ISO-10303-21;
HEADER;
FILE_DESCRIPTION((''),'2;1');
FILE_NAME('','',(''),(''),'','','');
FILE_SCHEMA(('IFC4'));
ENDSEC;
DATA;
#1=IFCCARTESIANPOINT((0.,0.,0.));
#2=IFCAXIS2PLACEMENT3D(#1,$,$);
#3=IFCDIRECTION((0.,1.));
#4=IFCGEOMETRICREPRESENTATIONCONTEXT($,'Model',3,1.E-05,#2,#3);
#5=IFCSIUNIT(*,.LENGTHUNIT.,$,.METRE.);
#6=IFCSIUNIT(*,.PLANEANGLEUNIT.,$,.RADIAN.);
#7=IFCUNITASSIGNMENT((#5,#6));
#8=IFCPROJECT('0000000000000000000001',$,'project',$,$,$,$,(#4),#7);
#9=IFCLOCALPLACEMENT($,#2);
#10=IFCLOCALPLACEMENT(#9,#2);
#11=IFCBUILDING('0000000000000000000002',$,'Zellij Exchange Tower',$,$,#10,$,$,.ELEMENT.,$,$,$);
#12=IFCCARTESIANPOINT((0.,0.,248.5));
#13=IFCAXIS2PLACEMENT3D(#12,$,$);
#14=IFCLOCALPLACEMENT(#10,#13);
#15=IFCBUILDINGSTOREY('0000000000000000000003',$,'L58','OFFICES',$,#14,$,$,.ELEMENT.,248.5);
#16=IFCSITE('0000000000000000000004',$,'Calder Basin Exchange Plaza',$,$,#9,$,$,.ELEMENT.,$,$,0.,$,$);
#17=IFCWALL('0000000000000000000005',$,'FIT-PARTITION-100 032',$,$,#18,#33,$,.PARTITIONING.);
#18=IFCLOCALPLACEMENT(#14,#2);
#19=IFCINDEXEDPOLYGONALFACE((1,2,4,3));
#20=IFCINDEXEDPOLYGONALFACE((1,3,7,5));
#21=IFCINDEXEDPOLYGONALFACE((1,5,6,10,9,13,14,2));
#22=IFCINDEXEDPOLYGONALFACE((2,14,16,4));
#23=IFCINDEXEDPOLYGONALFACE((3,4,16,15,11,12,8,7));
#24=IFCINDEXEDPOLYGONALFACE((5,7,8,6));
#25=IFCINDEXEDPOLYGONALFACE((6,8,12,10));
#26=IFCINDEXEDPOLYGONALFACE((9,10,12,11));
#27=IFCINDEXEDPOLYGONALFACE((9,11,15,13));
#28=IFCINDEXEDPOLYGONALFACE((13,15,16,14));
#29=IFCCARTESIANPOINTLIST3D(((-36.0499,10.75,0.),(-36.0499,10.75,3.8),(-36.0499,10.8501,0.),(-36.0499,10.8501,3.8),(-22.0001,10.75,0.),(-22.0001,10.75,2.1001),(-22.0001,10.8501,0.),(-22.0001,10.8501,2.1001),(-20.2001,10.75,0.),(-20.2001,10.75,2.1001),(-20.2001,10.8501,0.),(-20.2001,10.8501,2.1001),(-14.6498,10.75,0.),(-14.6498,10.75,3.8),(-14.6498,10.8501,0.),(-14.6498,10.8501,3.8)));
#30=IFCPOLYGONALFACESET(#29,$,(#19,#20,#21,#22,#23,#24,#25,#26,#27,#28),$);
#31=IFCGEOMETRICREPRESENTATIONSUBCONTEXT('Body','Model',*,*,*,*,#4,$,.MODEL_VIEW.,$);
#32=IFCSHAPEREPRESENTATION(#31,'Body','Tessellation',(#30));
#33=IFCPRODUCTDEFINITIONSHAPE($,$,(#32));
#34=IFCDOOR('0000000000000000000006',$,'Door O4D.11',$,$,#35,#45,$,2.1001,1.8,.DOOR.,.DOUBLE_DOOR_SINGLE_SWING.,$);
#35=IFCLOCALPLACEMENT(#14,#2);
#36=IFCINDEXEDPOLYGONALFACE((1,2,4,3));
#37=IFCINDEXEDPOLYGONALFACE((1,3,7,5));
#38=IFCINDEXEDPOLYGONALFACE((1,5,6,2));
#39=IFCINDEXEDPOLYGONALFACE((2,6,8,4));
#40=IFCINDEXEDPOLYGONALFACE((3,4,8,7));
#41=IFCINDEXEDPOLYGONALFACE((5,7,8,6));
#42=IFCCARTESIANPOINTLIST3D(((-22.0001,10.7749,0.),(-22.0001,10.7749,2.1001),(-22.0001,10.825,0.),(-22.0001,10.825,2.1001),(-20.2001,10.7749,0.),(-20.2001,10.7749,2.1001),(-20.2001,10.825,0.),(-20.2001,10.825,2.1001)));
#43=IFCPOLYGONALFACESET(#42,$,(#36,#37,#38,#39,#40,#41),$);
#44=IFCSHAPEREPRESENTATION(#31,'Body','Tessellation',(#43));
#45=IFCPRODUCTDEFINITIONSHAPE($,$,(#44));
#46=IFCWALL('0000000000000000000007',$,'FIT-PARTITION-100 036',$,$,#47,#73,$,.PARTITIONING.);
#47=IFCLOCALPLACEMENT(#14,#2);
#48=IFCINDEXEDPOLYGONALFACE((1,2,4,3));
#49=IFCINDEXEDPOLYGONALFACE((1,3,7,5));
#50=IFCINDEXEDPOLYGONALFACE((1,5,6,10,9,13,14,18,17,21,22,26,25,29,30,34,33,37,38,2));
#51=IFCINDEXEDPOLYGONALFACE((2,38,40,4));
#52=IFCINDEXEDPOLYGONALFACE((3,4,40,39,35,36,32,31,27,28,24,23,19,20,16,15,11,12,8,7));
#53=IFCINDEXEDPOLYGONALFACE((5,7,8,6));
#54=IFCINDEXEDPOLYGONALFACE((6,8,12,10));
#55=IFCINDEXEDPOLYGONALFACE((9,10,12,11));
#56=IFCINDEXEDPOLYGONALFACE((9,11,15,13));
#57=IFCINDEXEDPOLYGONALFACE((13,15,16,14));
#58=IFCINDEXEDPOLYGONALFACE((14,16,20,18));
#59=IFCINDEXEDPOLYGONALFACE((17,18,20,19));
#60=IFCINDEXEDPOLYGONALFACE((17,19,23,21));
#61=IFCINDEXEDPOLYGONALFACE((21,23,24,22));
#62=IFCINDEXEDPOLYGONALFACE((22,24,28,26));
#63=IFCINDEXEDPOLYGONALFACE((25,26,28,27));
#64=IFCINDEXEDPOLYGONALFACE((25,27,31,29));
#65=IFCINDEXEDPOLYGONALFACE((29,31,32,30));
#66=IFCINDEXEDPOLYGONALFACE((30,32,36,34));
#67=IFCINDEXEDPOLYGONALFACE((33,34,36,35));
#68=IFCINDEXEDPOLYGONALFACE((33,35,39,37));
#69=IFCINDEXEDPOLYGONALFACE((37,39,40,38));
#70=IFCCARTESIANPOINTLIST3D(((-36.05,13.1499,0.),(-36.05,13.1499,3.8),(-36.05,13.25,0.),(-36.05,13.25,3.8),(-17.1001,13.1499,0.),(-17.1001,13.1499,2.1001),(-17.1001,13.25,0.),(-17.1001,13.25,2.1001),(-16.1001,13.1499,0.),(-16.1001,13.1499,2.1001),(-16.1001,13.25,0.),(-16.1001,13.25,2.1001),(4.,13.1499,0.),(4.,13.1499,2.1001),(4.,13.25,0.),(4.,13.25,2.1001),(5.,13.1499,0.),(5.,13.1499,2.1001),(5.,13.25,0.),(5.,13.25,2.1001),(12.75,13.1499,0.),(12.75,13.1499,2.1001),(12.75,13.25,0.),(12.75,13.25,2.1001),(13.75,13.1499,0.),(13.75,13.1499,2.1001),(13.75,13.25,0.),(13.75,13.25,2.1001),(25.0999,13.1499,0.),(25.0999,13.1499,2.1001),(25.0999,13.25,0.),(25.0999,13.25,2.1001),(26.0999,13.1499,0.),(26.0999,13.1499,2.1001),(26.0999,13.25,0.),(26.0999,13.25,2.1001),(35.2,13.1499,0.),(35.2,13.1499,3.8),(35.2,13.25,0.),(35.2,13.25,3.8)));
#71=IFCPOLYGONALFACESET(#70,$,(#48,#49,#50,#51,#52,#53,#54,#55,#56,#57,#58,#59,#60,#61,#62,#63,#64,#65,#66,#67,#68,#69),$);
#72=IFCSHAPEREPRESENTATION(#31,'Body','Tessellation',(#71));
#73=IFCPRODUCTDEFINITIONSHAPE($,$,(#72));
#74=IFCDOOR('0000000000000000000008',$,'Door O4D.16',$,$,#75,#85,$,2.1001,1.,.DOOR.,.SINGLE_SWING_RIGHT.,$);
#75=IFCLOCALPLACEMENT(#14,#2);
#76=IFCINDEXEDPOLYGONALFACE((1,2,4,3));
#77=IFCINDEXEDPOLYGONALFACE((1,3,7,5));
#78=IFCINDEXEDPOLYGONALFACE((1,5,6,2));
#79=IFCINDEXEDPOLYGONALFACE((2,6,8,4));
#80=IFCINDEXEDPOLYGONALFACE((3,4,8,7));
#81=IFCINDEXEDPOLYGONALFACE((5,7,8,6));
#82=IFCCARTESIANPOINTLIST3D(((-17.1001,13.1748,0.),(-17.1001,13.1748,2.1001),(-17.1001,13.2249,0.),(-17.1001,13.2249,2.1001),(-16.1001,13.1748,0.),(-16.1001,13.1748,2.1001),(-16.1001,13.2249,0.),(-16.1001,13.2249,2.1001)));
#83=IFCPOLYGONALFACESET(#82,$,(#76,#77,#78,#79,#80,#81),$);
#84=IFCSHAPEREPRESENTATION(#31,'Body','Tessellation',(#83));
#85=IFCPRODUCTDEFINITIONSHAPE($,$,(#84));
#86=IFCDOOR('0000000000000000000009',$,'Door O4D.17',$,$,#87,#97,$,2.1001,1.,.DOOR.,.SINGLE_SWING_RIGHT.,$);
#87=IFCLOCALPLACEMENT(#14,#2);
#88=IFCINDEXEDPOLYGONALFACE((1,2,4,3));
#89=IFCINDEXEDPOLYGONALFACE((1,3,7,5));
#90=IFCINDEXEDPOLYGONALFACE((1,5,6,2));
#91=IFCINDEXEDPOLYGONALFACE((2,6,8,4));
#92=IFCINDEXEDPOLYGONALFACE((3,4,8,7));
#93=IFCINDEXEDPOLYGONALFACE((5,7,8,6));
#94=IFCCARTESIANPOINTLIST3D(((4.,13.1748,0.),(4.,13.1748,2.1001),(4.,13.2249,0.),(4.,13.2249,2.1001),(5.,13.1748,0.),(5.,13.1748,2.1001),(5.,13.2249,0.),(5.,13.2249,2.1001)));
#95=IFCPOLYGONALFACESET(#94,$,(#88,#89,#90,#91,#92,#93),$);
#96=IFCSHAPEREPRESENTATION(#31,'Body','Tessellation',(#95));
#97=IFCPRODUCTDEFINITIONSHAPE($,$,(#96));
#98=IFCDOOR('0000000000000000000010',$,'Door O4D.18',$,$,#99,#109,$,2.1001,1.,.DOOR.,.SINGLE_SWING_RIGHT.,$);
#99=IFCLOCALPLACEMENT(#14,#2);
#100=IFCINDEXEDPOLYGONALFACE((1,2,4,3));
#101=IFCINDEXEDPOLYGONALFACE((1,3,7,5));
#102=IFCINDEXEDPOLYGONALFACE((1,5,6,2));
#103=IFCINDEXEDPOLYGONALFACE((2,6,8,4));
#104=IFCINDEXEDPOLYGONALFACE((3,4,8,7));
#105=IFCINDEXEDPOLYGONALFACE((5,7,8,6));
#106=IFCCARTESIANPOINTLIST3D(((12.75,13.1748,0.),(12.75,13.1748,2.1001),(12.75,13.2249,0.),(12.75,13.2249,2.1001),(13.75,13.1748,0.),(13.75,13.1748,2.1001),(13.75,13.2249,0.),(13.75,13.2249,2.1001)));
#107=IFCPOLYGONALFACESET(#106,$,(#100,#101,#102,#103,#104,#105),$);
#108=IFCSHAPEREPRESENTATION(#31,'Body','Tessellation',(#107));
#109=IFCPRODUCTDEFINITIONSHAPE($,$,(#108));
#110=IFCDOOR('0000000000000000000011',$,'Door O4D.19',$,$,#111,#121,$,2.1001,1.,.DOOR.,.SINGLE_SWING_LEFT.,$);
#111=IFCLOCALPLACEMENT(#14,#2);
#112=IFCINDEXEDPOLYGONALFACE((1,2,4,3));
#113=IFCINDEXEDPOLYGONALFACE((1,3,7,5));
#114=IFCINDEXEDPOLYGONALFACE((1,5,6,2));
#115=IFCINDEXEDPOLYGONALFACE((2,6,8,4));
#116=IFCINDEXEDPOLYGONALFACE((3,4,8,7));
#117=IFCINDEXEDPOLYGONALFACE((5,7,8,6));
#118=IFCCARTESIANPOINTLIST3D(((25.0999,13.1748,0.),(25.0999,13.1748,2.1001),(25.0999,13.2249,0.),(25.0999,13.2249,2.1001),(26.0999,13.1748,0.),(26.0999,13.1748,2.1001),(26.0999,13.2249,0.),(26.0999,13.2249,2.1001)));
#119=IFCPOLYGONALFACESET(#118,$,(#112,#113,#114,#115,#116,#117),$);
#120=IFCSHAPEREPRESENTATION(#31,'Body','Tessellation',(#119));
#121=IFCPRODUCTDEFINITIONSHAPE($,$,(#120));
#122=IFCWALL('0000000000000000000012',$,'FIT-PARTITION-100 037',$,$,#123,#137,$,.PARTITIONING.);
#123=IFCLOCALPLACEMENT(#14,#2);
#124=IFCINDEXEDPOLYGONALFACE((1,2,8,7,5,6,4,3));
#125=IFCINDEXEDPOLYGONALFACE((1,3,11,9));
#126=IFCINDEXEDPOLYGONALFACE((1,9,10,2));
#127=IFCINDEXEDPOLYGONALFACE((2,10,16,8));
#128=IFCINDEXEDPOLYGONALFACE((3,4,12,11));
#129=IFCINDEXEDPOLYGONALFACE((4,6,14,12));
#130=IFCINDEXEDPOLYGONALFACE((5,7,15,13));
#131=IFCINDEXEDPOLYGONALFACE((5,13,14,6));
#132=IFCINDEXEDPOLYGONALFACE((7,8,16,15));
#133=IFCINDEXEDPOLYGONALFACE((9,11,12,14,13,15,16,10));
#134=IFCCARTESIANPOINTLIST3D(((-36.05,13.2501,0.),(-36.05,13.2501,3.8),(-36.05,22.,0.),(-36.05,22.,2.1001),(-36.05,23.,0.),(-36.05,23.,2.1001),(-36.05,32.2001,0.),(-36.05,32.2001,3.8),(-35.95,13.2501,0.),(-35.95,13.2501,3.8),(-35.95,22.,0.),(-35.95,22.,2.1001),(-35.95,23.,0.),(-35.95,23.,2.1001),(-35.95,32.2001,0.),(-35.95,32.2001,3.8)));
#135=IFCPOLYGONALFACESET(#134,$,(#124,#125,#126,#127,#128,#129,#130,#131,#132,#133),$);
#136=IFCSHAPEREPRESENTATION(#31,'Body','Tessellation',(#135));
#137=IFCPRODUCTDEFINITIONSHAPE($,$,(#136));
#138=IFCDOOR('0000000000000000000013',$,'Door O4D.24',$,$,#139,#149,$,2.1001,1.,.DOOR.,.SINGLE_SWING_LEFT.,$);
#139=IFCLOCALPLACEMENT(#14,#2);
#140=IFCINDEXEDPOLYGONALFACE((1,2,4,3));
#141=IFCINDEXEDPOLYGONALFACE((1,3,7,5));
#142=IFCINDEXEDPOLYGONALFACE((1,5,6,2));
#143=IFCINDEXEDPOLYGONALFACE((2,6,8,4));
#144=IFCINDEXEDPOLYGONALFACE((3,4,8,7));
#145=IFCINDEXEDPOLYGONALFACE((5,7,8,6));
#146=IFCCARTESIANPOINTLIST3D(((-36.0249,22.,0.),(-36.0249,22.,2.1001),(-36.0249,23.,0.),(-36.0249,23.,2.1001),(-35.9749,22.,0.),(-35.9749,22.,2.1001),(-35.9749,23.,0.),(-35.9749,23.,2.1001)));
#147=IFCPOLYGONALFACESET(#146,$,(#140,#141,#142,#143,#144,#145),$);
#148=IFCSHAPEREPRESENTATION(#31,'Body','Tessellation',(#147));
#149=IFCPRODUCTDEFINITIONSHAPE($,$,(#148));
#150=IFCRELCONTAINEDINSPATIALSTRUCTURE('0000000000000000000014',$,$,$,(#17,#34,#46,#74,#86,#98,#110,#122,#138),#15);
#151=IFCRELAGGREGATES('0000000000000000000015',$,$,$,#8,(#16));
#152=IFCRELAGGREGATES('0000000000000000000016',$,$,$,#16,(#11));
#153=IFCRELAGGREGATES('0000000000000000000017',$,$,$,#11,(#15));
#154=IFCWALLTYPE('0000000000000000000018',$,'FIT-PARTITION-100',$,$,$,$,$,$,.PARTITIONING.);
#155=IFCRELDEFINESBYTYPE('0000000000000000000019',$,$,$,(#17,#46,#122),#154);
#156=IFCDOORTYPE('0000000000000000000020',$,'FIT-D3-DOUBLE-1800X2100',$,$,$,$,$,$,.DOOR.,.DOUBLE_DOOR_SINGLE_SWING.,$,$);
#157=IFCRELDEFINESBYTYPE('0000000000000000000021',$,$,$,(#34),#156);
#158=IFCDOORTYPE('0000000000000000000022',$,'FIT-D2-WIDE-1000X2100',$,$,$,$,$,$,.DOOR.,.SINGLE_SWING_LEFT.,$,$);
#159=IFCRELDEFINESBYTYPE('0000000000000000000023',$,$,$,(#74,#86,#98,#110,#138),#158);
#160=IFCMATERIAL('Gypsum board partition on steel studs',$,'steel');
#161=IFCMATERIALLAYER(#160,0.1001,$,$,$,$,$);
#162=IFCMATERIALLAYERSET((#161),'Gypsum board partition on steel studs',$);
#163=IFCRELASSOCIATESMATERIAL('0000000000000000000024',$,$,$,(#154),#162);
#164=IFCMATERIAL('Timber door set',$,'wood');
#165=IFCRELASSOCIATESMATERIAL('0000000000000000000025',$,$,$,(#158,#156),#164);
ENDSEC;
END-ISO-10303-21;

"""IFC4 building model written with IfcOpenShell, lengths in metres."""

from ifc_helpers import new_model, si_unit, direction, frame, frame_2d, origin, place, context, subcontext, project, spatial, rectangle, extrude, material, layer, layer_set, type_object, element, fill, save


model = new_model("IFC4")

# Units and contexts
model_context = context("Model", 3, precision=1e-05, world=origin(), true_north=direction((0.0, 1.0)))
body_context = subcontext(model_context, "Body", "Model", "MODEL_VIEW")
ifc_project = project(units=[si_unit("LENGTHUNIT", "METRE"), si_unit("PLANEANGLEUNIT", "RADIAN")], contexts=[model_context])

# Site, building, storey
site_placement = place(None, origin())
site = spatial("IfcSite", under=ifc_project, at=site_placement, Name="Calder Basin Exchange Plaza", CompositionType="ELEMENT", RefElevation=0.0)
building_placement = place(site_placement, origin())
building = spatial("IfcBuilding", under=site, at=building_placement, Name="Zellij Exchange Tower", CompositionType="ELEMENT")
storey_placement = place(building_placement, frame((0.0, 0.0, 248.5)))
storey = spatial("IfcBuildingStorey", under=building, at=storey_placement, Name="L58", Description="OFFICES", CompositionType="ELEMENT", Elevation=248.5)

# Shared definitions
ifc_material_1 = material(Name="Gypsum board partition on steel studs", Category="steel")
ifc_layer_1 = layer(ifc_material_1, 0.1001)
ifc_layer_set_1 = layer_set([ifc_layer_1], Name="Gypsum board partition on steel studs")
wall_type_1 = type_object("IfcWallType", Name="FIT-PARTITION-100", PredefinedType="PARTITIONING", material=ifc_layer_set_1)

# Shared definitions
ifc_material_2 = material(Name="Timber door set", Category="wood")
door_type_1 = type_object("IfcDoorType", Name="FIT-D2-WIDE-1000X2100", OperationType="SINGLE_SWING_LEFT", PredefinedType="DOOR", material=ifc_material_2)

# Wall, opening, door
wall_1_placement = place(storey_placement, frame((-36.05, 10.8, 0.0), z_axis=(0.0, 0.0, 1.0), x_axis=(1.0, 0.0, 0.0)))
wall_1 = element("IfcWall", 1, at=wall_1_placement, inside=storey, type_object=wall_type_1, Name="FIT-PARTITION-100 032", PredefinedType="PARTITIONING", context=body_context, shape_type="SweptSolid", body=[
    extrude(rectangle(XDim=21.4001, YDim=0.1001, at=frame_2d((10.7002, 0.0))), origin(), (0.0, 0.0, 1.0), 3.8),
])
opening_1_placement = place(wall_1_placement, frame((14.05, 0.0, 0.0)))
opening_1 = element("IfcOpeningElement", 2, at=opening_1_placement, cuts=wall_1, PredefinedType="OPENING", context=body_context, shape_type="SweptSolid", body=[
    extrude(rectangle(XDim=1.8, YDim=2.1001, at=frame_2d((0.8999, 1.05))), frame((0.0, 0.062, 0.0), z_axis=(0.0, -1.0, 0.0), x_axis=(1.0, 0.0, 0.0)), (0.0, 0.0, 1.0), 0.124),
])
door_type_2 = type_object("IfcDoorType", Name="FIT-D3-DOUBLE-1800X2100", OperationType="DOUBLE_DOOR_SINGLE_SWING", PredefinedType="DOOR", material=ifc_material_2)
door_1_placement = place(opening_1_placement, origin())
door_1 = element("IfcDoor", 3, at=door_1_placement, inside=storey, type_object=door_type_2, Name="Door O4D.11", OperationType="DOUBLE_DOOR_SINGLE_SWING", OverallHeight=2.1001, OverallWidth=1.8, PredefinedType="DOOR", context=body_context, shape_type="SweptSolid", body=[
    extrude(rectangle(XDim=1.8, YDim=2.1001, at=frame_2d((0.8999, 1.05))), frame((0.0, 0.0249, 0.0), z_axis=(0.0, -1.0, 0.0), x_axis=(1.0, 0.0, 0.0)), (0.0, 0.0, 1.0), 0.05),
])
fill(opening_1, door_1)

# Wall, openings, doors
wall_2_placement = place(storey_placement, frame((-36.05, 13.2, 0.0), z_axis=(0.0, 0.0, 1.0), x_axis=(1.0, 0.0, 0.0)))
wall_2 = element("IfcWall", 4, at=wall_2_placement, inside=storey, type_object=wall_type_1, Name="FIT-PARTITION-100 036", PredefinedType="PARTITIONING", context=body_context, shape_type="SweptSolid", body=[
    extrude(rectangle(XDim=71.25, YDim=0.1001, at=frame_2d((35.625, 0.0))), origin(), (0.0, 0.0, 1.0), 3.8),
])
opening_2_placement = place(wall_2_placement, frame((18.95, 0.0, 0.0)))
opening_2 = element("IfcOpeningElement", 5, at=opening_2_placement, cuts=wall_2, PredefinedType="OPENING", context=body_context, shape_type="SweptSolid", body=[
    extrude(rectangle(XDim=1.0, YDim=2.1001, at=frame_2d((0.5, 1.05))), frame((0.0, 0.062, 0.0), z_axis=(0.0, -1.0, 0.0), x_axis=(1.0, 0.0, 0.0)), (0.0, 0.0, 1.0), 0.124),
])
opening_3_placement = place(wall_2_placement, frame((40.05, 0.0, 0.0)))
opening_3 = element("IfcOpeningElement", 6, at=opening_3_placement, cuts=wall_2, PredefinedType="OPENING", context=body_context, shape_type="SweptSolid", body=[
    extrude(rectangle(XDim=1.0, YDim=2.1001, at=frame_2d((0.5, 1.05))), frame((0.0, 0.062, 0.0), z_axis=(0.0, -1.0, 0.0), x_axis=(1.0, 0.0, 0.0)), (0.0, 0.0, 1.0), 0.124),
])
opening_4_placement = place(wall_2_placement, frame((48.8, 0.0, 0.0)))
opening_4 = element("IfcOpeningElement", 7, at=opening_4_placement, cuts=wall_2, PredefinedType="OPENING", context=body_context, shape_type="SweptSolid", body=[
    extrude(rectangle(XDim=1.0, YDim=2.1001, at=frame_2d((0.5, 1.05))), frame((0.0, 0.062, 0.0), z_axis=(0.0, -1.0, 0.0), x_axis=(1.0, 0.0, 0.0)), (0.0, 0.0, 1.0), 0.124),
])
opening_5_placement = place(wall_2_placement, frame((61.1499, 0.0, 0.0)))
opening_5 = element("IfcOpeningElement", 8, at=opening_5_placement, cuts=wall_2, PredefinedType="OPENING", context=body_context, shape_type="SweptSolid", body=[
    extrude(rectangle(XDim=1.0, YDim=2.1001, at=frame_2d((0.5, 1.05))), frame((0.0, 0.062, 0.0), z_axis=(0.0, -1.0, 0.0), x_axis=(1.0, 0.0, 0.0)), (0.0, 0.0, 1.0), 0.124),
])
door_2_placement = place(opening_2_placement, origin())
door_2 = element("IfcDoor", 9, at=door_2_placement, inside=storey, type_object=door_type_1, Name="Door O4D.16", OperationType="SINGLE_SWING_RIGHT", OverallHeight=2.1001, OverallWidth=1.0, PredefinedType="DOOR", context=body_context, shape_type="SweptSolid", body=[
    extrude(rectangle(XDim=1.0, YDim=2.1001, at=frame_2d((0.5, 1.05))), frame((0.0, 0.0249, 0.0), z_axis=(0.0, -1.0, 0.0), x_axis=(1.0, 0.0, 0.0)), (0.0, 0.0, 1.0), 0.05),
])
fill(opening_2, door_2)
door_3_placement = place(opening_3_placement, origin())
door_3 = element("IfcDoor", 10, at=door_3_placement, inside=storey, type_object=door_type_1, Name="Door O4D.17", OperationType="SINGLE_SWING_RIGHT", OverallHeight=2.1001, OverallWidth=1.0, PredefinedType="DOOR", context=body_context, shape_type="SweptSolid", body=[
    extrude(rectangle(XDim=1.0, YDim=2.1001, at=frame_2d((0.5, 1.05))), frame((0.0, 0.0249, 0.0), z_axis=(0.0, -1.0, 0.0), x_axis=(1.0, 0.0, 0.0)), (0.0, 0.0, 1.0), 0.05),
])
fill(opening_3, door_3)
door_4_placement = place(opening_4_placement, origin())
door_4 = element("IfcDoor", 11, at=door_4_placement, inside=storey, type_object=door_type_1, Name="Door O4D.18", OperationType="SINGLE_SWING_RIGHT", OverallHeight=2.1001, OverallWidth=1.0, PredefinedType="DOOR", context=body_context, shape_type="SweptSolid", body=[
    extrude(rectangle(XDim=1.0, YDim=2.1001, at=frame_2d((0.5, 1.05))), frame((0.0, 0.0249, 0.0), z_axis=(0.0, -1.0, 0.0), x_axis=(1.0, 0.0, 0.0)), (0.0, 0.0, 1.0), 0.05),
])
fill(opening_4, door_4)
door_5_placement = place(opening_5_placement, origin())
door_5 = element("IfcDoor", 12, at=door_5_placement, inside=storey, type_object=door_type_1, Name="Door O4D.19", OperationType="SINGLE_SWING_LEFT", OverallHeight=2.1001, OverallWidth=1.0, PredefinedType="DOOR", context=body_context, shape_type="SweptSolid", body=[
    extrude(rectangle(XDim=1.0, YDim=2.1001, at=frame_2d((0.5, 1.05))), frame((0.0, 0.0249, 0.0), z_axis=(0.0, -1.0, 0.0), x_axis=(1.0, 0.0, 0.0)), (0.0, 0.0, 1.0), 0.05),
])
fill(opening_5, door_5)

# Wall, opening, door
wall_3_placement = place(storey_placement, frame((-36.0, 13.25, 0.0), z_axis=(0.0, 0.0, 1.0), x_axis=(0.0, 1.0, 0.0)))
wall_3 = element("IfcWall", 13, at=wall_3_placement, inside=storey, type_object=wall_type_1, Name="FIT-PARTITION-100 037", PredefinedType="PARTITIONING", context=body_context, shape_type="SweptSolid", body=[
    extrude(rectangle(XDim=18.95, YDim=0.1001, at=frame_2d((9.4751, 0.0))), origin(), (0.0, 0.0, 1.0), 3.8),
])
opening_6_placement = place(wall_3_placement, frame((8.75, 0.0, 0.0)))
opening_6 = element("IfcOpeningElement", 14, at=opening_6_placement, cuts=wall_3, PredefinedType="OPENING", context=body_context, shape_type="SweptSolid", body=[
    extrude(rectangle(XDim=1.0, YDim=2.1001, at=frame_2d((0.5, 1.05))), frame((0.0, 0.062, 0.0), z_axis=(0.0, -1.0, 0.0), x_axis=(1.0, 0.0, 0.0)), (0.0, 0.0, 1.0), 0.124),
])
door_6_placement = place(opening_6_placement, origin())
door_6 = element("IfcDoor", 15, at=door_6_placement, inside=storey, type_object=door_type_1, Name="Door O4D.24", OperationType="SINGLE_SWING_LEFT", OverallHeight=2.1001, OverallWidth=1.0, PredefinedType="DOOR", context=body_context, shape_type="SweptSolid", body=[
    extrude(rectangle(XDim=1.0, YDim=2.1001, at=frame_2d((0.5, 1.05))), frame((0.0, 0.0249, 0.0), z_axis=(0.0, -1.0, 0.0), x_axis=(1.0, 0.0, 0.0)), (0.0, 0.0, 1.0), 0.05),
])
fill(opening_6, door_6)

save(model, "model.ifc")
